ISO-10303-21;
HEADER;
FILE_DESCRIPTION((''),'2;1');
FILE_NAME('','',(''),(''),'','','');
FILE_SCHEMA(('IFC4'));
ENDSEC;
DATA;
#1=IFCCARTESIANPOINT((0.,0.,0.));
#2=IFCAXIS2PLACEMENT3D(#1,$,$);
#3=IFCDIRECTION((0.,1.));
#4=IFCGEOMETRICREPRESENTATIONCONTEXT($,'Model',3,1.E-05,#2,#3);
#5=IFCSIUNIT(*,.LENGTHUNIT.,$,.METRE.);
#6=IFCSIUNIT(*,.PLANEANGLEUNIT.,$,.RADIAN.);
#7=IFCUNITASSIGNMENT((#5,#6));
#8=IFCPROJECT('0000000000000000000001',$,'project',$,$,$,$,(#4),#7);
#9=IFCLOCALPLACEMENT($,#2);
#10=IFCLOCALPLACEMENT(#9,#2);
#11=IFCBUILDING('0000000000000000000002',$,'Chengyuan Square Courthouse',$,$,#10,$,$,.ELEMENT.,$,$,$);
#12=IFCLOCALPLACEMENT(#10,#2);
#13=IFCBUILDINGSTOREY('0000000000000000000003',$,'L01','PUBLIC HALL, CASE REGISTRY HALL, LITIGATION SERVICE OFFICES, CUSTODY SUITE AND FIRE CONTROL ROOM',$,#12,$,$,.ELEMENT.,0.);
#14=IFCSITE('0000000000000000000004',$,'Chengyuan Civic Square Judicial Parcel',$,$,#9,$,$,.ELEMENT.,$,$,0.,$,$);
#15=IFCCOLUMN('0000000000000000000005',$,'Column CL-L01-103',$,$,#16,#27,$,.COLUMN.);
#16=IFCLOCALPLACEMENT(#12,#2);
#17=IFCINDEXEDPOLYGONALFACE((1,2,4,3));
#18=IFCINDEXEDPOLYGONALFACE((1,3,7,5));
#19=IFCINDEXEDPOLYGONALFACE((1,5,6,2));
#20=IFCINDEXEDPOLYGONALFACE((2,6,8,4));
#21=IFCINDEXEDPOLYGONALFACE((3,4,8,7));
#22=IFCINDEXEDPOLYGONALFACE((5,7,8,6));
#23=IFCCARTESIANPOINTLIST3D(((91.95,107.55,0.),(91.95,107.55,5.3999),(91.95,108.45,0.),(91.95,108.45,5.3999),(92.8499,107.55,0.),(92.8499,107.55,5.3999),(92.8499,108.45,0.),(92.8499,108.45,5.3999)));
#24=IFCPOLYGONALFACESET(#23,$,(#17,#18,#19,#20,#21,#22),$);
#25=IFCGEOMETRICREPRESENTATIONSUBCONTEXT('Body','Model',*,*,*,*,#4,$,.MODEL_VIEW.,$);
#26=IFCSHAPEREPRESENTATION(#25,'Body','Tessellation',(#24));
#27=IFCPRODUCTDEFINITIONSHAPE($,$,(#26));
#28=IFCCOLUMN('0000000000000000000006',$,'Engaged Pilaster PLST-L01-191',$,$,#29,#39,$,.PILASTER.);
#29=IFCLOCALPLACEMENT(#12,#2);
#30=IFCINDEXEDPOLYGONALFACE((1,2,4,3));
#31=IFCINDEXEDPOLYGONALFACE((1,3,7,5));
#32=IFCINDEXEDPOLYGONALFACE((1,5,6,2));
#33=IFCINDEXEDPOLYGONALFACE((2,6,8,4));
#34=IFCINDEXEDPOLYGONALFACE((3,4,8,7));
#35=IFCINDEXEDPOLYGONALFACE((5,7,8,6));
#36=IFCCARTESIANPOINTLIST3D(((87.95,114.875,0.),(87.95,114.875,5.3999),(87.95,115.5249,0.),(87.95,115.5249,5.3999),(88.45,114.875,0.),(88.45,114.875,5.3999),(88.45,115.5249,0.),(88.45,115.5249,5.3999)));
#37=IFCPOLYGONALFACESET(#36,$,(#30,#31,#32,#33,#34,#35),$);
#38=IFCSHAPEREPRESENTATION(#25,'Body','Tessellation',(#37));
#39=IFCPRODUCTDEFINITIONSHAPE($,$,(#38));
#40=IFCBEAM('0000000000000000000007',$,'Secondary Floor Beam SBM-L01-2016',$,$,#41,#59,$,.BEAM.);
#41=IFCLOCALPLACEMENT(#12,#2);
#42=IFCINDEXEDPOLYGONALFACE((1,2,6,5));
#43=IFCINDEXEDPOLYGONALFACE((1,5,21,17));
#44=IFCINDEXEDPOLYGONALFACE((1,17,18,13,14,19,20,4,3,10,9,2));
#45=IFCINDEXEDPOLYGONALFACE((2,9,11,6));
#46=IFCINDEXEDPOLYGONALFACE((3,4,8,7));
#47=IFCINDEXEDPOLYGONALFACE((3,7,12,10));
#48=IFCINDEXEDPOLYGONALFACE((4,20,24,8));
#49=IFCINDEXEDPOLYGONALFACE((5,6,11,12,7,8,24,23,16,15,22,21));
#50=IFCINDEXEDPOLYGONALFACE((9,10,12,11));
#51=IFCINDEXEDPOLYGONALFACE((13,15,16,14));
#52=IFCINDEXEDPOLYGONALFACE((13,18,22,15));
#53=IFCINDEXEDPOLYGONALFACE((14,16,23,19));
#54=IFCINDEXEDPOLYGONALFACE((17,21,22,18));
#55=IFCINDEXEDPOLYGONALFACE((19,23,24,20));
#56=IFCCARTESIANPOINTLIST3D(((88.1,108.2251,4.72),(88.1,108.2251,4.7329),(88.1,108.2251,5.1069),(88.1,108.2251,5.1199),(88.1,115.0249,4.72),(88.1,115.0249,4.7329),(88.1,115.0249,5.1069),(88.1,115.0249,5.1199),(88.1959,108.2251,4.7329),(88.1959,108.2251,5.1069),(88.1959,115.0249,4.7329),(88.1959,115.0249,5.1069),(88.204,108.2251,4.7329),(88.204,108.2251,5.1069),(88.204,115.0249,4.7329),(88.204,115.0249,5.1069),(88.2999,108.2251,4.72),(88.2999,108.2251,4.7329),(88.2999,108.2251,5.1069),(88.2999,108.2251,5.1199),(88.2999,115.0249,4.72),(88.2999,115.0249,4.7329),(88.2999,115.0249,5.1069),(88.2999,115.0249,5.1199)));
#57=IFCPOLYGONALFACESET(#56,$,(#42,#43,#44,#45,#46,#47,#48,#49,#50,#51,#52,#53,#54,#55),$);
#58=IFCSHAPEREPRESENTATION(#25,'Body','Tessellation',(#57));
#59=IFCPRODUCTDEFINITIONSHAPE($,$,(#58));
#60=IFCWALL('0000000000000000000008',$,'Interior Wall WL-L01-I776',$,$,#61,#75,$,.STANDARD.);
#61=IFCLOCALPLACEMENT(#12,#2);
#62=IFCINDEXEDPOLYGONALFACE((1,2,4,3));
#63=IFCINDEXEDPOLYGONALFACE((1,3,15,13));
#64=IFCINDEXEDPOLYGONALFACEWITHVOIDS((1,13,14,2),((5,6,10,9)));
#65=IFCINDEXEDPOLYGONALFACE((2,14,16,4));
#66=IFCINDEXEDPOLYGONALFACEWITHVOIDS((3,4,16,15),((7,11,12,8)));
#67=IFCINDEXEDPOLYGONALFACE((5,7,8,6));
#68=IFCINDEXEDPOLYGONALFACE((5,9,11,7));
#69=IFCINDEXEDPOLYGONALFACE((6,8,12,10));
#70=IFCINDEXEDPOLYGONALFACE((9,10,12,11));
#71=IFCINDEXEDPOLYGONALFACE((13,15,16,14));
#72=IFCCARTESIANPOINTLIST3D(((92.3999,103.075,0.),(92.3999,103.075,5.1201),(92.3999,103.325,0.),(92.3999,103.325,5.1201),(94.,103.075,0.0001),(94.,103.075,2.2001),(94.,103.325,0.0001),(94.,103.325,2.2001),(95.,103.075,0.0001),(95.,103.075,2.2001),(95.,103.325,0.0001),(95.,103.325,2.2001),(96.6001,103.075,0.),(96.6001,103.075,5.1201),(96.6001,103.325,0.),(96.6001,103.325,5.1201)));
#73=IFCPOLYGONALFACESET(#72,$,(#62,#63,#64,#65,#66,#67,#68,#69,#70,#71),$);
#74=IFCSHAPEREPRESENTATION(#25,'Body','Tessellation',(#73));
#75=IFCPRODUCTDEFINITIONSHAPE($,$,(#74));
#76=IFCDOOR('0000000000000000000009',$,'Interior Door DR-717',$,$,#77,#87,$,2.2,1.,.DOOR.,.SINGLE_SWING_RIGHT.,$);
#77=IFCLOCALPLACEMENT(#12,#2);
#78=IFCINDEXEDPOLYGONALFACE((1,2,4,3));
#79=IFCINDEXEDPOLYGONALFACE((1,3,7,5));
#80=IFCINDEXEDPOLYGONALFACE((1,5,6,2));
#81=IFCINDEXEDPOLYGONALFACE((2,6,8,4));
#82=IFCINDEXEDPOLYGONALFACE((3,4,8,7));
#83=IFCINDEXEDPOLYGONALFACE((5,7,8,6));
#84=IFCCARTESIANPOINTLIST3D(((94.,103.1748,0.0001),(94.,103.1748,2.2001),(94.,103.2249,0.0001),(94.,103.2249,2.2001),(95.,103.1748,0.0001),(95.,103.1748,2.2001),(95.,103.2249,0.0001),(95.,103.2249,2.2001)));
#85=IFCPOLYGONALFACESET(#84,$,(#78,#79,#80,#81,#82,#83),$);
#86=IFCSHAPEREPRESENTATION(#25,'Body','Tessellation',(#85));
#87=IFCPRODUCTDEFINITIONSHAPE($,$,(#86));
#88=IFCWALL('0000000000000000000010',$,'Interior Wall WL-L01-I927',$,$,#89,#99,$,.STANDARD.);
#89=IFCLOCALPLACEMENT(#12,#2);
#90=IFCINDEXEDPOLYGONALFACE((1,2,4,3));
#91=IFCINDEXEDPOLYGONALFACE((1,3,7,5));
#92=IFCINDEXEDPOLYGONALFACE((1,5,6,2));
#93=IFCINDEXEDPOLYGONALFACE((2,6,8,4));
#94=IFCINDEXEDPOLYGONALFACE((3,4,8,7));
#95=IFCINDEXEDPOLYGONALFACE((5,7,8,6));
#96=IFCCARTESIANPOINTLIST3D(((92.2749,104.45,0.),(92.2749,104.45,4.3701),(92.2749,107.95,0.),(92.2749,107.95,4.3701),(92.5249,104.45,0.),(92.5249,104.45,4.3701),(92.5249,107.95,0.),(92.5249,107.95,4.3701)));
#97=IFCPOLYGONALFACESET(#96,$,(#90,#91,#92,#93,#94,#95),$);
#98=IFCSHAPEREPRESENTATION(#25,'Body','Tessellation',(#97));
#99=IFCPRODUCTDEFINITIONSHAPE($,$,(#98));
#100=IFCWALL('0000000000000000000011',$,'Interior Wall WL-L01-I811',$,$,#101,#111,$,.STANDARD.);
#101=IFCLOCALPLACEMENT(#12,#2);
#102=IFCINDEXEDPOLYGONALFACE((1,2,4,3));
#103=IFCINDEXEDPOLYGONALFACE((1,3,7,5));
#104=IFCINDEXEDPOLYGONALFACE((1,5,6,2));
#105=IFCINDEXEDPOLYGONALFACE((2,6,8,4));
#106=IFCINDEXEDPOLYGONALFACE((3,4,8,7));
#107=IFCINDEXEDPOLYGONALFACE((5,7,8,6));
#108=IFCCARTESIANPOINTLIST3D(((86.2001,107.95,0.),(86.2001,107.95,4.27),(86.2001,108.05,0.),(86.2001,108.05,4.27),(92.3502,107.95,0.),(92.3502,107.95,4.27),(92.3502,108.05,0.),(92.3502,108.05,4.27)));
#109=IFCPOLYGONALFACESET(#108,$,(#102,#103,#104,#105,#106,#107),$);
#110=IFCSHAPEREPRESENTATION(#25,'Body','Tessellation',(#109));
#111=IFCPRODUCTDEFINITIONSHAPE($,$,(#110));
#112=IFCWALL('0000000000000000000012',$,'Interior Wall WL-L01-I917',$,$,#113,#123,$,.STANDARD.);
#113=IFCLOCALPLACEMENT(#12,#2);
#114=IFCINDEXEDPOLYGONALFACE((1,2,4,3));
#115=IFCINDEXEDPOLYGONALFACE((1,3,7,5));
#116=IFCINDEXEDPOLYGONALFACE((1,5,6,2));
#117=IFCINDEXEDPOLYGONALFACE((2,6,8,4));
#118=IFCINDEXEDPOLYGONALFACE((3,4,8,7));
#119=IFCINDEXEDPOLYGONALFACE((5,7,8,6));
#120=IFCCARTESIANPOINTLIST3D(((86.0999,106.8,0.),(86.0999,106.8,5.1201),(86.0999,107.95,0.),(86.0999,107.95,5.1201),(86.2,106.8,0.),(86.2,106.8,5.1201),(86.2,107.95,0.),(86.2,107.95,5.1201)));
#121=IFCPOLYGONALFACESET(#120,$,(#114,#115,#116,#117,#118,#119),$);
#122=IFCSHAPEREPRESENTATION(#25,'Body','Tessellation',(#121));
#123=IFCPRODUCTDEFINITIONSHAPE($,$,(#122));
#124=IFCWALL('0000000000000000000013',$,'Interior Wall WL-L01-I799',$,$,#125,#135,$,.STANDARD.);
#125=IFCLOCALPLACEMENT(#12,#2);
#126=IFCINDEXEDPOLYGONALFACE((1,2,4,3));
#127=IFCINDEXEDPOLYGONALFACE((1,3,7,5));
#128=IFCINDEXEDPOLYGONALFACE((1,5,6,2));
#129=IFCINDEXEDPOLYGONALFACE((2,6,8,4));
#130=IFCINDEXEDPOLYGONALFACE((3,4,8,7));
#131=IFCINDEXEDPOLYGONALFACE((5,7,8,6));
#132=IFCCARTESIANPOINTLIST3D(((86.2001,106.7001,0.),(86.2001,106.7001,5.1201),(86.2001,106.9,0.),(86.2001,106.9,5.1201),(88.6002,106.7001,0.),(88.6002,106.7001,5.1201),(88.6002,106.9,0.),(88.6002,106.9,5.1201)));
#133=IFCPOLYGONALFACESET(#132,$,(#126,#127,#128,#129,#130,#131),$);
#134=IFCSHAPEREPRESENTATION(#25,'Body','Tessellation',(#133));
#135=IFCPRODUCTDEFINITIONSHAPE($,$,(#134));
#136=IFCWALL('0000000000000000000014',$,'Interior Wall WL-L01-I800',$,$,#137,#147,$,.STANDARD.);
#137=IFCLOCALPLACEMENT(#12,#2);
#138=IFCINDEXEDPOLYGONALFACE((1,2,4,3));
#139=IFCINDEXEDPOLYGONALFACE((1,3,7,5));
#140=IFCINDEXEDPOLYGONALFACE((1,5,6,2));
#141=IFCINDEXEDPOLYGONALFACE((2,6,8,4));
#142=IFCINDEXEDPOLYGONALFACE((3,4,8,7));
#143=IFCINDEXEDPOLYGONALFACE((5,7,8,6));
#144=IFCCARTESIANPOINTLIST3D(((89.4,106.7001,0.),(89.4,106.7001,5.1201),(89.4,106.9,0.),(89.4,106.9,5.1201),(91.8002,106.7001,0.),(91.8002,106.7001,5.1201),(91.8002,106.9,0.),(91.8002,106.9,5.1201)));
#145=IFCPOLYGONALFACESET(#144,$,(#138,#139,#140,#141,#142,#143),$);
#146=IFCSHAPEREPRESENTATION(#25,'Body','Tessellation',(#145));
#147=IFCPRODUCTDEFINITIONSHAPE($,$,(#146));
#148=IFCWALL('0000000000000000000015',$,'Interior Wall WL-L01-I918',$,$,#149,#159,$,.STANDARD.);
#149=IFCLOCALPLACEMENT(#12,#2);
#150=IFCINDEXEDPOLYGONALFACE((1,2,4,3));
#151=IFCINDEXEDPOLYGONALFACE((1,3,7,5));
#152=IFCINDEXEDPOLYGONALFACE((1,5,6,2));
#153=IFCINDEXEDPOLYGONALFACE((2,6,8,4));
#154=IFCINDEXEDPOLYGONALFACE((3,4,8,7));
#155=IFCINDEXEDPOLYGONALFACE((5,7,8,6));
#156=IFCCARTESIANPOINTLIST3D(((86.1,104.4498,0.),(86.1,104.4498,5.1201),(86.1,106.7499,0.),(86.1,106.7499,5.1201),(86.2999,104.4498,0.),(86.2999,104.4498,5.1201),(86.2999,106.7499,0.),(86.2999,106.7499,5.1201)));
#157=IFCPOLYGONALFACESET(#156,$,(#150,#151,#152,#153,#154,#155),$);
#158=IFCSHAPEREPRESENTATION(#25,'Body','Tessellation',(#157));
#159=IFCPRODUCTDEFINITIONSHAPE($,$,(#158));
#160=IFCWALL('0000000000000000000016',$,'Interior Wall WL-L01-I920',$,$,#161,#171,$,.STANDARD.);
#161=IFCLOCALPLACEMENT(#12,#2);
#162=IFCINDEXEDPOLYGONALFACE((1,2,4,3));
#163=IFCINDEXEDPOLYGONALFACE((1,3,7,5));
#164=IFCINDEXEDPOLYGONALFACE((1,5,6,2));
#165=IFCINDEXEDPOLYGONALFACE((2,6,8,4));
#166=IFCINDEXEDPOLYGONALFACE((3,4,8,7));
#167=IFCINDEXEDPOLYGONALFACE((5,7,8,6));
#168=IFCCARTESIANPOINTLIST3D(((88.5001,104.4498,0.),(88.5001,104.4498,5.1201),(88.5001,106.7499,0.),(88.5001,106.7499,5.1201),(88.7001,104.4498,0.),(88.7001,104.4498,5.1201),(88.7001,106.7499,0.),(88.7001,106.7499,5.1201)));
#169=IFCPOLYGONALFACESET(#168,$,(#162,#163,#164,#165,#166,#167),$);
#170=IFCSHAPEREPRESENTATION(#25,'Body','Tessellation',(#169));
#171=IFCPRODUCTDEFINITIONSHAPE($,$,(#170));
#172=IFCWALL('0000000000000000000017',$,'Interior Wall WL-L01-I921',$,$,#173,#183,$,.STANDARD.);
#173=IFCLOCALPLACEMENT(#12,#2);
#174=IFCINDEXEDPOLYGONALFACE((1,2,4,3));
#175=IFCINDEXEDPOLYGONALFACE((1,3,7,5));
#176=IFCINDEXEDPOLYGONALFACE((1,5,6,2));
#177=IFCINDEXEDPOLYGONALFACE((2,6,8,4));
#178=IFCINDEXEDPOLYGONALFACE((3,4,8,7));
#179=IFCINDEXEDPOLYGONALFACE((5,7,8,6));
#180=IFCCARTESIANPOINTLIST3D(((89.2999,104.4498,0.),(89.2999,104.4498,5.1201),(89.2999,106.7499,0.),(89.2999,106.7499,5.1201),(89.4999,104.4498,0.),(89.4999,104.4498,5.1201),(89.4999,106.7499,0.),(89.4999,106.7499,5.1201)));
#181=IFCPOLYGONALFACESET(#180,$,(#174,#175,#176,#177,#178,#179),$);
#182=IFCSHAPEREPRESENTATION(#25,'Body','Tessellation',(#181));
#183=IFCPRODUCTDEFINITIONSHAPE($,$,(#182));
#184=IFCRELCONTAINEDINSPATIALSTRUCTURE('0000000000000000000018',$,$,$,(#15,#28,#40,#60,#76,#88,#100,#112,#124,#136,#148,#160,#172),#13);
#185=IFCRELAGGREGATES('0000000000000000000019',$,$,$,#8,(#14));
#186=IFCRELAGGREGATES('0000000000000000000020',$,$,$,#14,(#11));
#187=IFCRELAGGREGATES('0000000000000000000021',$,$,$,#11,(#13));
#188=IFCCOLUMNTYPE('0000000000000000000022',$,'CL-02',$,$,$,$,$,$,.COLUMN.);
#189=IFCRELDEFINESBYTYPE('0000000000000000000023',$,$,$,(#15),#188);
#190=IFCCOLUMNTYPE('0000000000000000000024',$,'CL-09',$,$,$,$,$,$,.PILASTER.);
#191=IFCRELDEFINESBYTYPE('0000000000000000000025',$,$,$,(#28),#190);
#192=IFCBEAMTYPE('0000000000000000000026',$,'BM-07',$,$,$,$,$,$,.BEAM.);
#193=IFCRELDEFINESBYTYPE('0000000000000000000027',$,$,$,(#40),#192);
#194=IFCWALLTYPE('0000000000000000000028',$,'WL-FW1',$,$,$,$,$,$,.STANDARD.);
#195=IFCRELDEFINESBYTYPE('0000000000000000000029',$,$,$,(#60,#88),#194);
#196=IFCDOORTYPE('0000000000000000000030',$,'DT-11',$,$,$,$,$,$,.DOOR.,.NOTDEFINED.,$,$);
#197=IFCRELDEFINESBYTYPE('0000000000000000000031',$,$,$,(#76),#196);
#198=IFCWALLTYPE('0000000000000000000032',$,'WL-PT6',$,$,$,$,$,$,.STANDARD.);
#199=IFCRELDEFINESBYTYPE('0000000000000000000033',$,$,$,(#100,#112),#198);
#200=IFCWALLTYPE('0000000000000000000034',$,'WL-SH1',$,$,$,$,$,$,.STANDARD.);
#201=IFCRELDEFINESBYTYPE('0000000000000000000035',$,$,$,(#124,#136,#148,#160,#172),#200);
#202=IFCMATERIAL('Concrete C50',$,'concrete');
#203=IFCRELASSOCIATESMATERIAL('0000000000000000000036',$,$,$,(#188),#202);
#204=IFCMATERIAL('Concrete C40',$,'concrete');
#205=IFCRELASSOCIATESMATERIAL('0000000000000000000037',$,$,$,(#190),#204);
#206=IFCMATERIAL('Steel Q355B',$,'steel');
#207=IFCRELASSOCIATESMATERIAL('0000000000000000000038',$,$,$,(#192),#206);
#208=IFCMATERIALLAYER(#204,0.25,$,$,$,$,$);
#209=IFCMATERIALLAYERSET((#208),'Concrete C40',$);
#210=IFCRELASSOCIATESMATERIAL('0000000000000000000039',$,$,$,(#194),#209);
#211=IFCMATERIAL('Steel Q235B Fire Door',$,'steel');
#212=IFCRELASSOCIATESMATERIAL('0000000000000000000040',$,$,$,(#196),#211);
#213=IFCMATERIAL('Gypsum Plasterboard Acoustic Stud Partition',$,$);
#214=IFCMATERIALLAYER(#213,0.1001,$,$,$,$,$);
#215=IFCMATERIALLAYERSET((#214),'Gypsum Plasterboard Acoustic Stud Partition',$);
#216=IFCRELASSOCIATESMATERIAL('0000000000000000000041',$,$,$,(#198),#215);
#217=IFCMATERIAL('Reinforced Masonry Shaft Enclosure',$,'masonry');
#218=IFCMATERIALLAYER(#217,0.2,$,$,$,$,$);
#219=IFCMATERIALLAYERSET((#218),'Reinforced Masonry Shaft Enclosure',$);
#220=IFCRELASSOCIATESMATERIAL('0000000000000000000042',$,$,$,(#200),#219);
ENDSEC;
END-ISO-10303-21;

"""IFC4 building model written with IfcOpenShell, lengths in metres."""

from ifc_helpers import new_model, si_unit, direction, frame, frame_2d, origin, origin_2d, place, context, subcontext, project, spatial, rectangle, i_section, extrude, material, layer, layer_set, material_profile, profile_set, type_object, element, fill, save


model = new_model("IFC4")

# Units and contexts
model_context = context("Model", 3, precision=1e-05, world=origin(), true_north=direction((0.0, 1.0)))
body_context = subcontext(model_context, "Body", "Model", "MODEL_VIEW")
ifc_project = project(units=[si_unit("LENGTHUNIT", "METRE"), si_unit("PLANEANGLEUNIT", "RADIAN")], contexts=[model_context])

# Site, building, storey
site_placement = place(None, origin())
site = spatial("IfcSite", under=ifc_project, at=site_placement, Name="Chengyuan Civic Square Judicial Parcel", CompositionType="ELEMENT", RefElevation=0.0)
building_placement = place(site_placement, origin())
building = spatial("IfcBuilding", under=site, at=building_placement, Name="Chengyuan Square Courthouse", CompositionType="ELEMENT")
storey_placement = place(building_placement, origin())
storey = spatial("IfcBuildingStorey", under=building, at=storey_placement, Name="L01", Description="PUBLIC HALL, CASE REGISTRY HALL, LITIGATION SERVICE OFFICES, CUSTODY SUITE AND FIRE CONTROL ROOM", CompositionType="ELEMENT", Elevation=0.0)

# Columns
ifc_material_1 = material(Name="Concrete C50", Category="concrete")
ifc_material_profile_1 = material_profile(ifc_material_1, rectangle(XDim=0.8999, YDim=0.8999, at=origin_2d()), Name="RC-COL-900x900")
ifc_profile_set_1 = profile_set([ifc_material_profile_1], Name="Concrete C50")
column_type_1 = type_object("IfcColumnType", Name="CL-02", PredefinedType="COLUMN", material=ifc_profile_set_1)
column_1_placement = place(storey_placement, frame((92.3999, 108.0, 0.0), z_axis=(0.0, 0.0, 1.0), x_axis=(1.0, 0.0, 0.0)))
element("IfcColumn", 1, at=column_1_placement, inside=storey, type_object=column_type_1, Name="Column CL-L01-103", PredefinedType="COLUMN", context=body_context, shape_type="SweptSolid", body=[
    extrude(rectangle(XDim=0.8999, YDim=0.8999, at=origin_2d()), origin(), (0.0, 0.0, 1.0), 5.3999),
])
ifc_material_2 = material(Name="Concrete C40", Category="concrete")
ifc_material_profile_2 = material_profile(ifc_material_2, rectangle(XDim=0.5, YDim=0.6499, at=origin_2d()), Name="RC-PIL-500x650")
ifc_profile_set_2 = profile_set([ifc_material_profile_2], Name="Concrete C40")
column_type_2 = type_object("IfcColumnType", Name="CL-09", PredefinedType="PILASTER", material=ifc_profile_set_2)
column_2_placement = place(storey_placement, frame((88.2, 115.2, 0.0), z_axis=(0.0, 0.0, 1.0), x_axis=(1.0, 0.0, 0.0)))
element("IfcColumn", 2, at=column_2_placement, inside=storey, type_object=column_type_2, Name="Engaged Pilaster PLST-L01-191", PredefinedType="PILASTER", context=body_context, shape_type="SweptSolid", body=[
    extrude(rectangle(XDim=0.5, YDim=0.6499, at=origin_2d()), origin(), (0.0, 0.0, 1.0), 5.3999),
])

# Beam
ifc_material_3 = material(Name="Steel Q355B", Category="steel")
ifc_material_profile_3 = material_profile(ifc_material_3, i_section(OverallWidth=0.2, OverallDepth=0.3999, WebThickness=0.0081, FlangeThickness=0.0129, at=origin_2d()), Name="HN 400x200x8x13")
ifc_profile_set_3 = profile_set([ifc_material_profile_3], Name="Steel Q355B")
beam_type = type_object("IfcBeamType", Name="BM-07", PredefinedType="BEAM", material=ifc_profile_set_3)
beam_placement = place(storey_placement, frame((88.2, 108.2251, 4.9199), z_axis=(0.0, 1.0, 0.0), x_axis=(-1.0, 0.0, 0.0)))
element("IfcBeam", 3, at=beam_placement, inside=storey, type_object=beam_type, Name="Secondary Floor Beam SBM-L01-2016", PredefinedType="BEAM", context=body_context, shape_type="SweptSolid", body=[
    extrude(i_section(OverallWidth=0.2, OverallDepth=0.3999, WebThickness=0.0081, FlangeThickness=0.0129, at=origin_2d()), origin(), (0.0, 0.0, 1.0), 6.7998),
])

# Wall, opening, door
ifc_layer_1 = layer(ifc_material_2, 0.25)
ifc_layer_set_1 = layer_set([ifc_layer_1], Name="Concrete C40")
wall_type_1 = type_object("IfcWallType", Name="WL-FW1", PredefinedType="STANDARD", material=ifc_layer_set_1)
wall_1_placement = place(storey_placement, frame((92.3999, 103.2, 0.0), z_axis=(0.0, 0.0, 1.0), x_axis=(1.0, 0.0, 0.0)))
wall_1 = element("IfcWall", 4, at=wall_1_placement, inside=storey, type_object=wall_type_1, Name="Interior Wall WL-L01-I776", PredefinedType="STANDARD", context=body_context, shape_type="SweptSolid", body=[
    extrude(rectangle(XDim=4.2002, YDim=0.25, at=frame_2d((2.1001, 0.0))), origin(), (0.0, 0.0, 1.0), 5.1201),
])
opening_1_placement = place(wall_1_placement, frame((1.6001, 0.0, 0.0)))
opening_1 = element("IfcOpeningElement", 5, at=opening_1_placement, cuts=wall_1, PredefinedType="OPENING", context=body_context, shape_type="SweptSolid", body=[
    extrude(rectangle(XDim=1.0, YDim=2.2, at=frame_2d((0.5, 1.1001))), frame((0.0, 0.137, 0.0), z_axis=(0.0, -1.0, 0.0), x_axis=(1.0, 0.0, 0.0)), (0.0, 0.0, 1.0), 0.2739),
])
ifc_material_4 = material(Name="Steel Q235B Fire Door", Category="steel")
door_type_1 = type_object("IfcDoorType", Name="DT-11", OperationType="NOTDEFINED", PredefinedType="DOOR", material=ifc_material_4)
door_1_placement = place(opening_1_placement, origin())
door_1 = element("IfcDoor", 6, at=door_1_placement, inside=storey, type_object=door_type_1, Name="Interior Door DR-717", OperationType="SINGLE_SWING_RIGHT", OverallHeight=2.2, OverallWidth=1.0, PredefinedType="DOOR", context=body_context, shape_type="SweptSolid", body=[
    extrude(rectangle(XDim=1.0, YDim=2.2, at=frame_2d((0.5, 1.1001))), frame((0.0, 0.0249, 0.0), z_axis=(0.0, -1.0, 0.0), x_axis=(1.0, 0.0, 0.0)), (0.0, 0.0, 1.0), 0.05),
])
fill(opening_1, door_1)

# Walls
wall_2_placement = place(storey_placement, frame((92.3999, 104.45, 0.0), z_axis=(0.0, 0.0, 1.0), x_axis=(0.0, 1.0, 0.0)))
element("IfcWall", 7, at=wall_2_placement, inside=storey, type_object=wall_type_1, Name="Interior Wall WL-L01-I927", PredefinedType="STANDARD", context=body_context, shape_type="SweptSolid", body=[
    extrude(rectangle(XDim=3.5, YDim=0.25, at=frame_2d((1.75, 0.0))), origin(), (0.0, 0.0, 1.0), 4.3701),
])
ifc_material_5 = material(Name="Gypsum Plasterboard Acoustic Stud Partition")
ifc_layer_2 = layer(ifc_material_5, 0.1001)
ifc_layer_set_2 = layer_set([ifc_layer_2], Name="Gypsum Plasterboard Acoustic Stud Partition")
wall_type_2 = type_object("IfcWallType", Name="WL-PT6", PredefinedType="STANDARD", material=ifc_layer_set_2)
wall_3_placement = place(storey_placement, frame((86.2, 108.0, 0.0), z_axis=(0.0, 0.0, 1.0), x_axis=(1.0, 0.0, 0.0)))
element("IfcWall", 8, at=wall_3_placement, inside=storey, type_object=wall_type_2, Name="Interior Wall WL-L01-I811", PredefinedType="STANDARD", context=body_context, shape_type="SweptSolid", body=[
    extrude(rectangle(XDim=6.1501, YDim=0.1001, at=frame_2d((3.0752, 0.0))), origin(), (0.0, 0.0, 1.0), 4.27),
])
wall_4_placement = place(storey_placement, frame((86.1499, 106.8, 0.0), z_axis=(0.0, 0.0, 1.0), x_axis=(0.0, 1.0, 0.0)))
element("IfcWall", 9, at=wall_4_placement, inside=storey, type_object=wall_type_2, Name="Interior Wall WL-L01-I917", PredefinedType="STANDARD", context=body_context, shape_type="SweptSolid", body=[
    extrude(rectangle(XDim=1.1499, YDim=0.1001, at=frame_2d((0.575, 0.0))), origin(), (0.0, 0.0, 1.0), 5.1201),
])

# Shared definitions
ifc_material_6 = material(Name="Reinforced Masonry Shaft Enclosure", Category="masonry")
ifc_layer_3 = layer(ifc_material_6, 0.2)
ifc_layer_set_3 = layer_set([ifc_layer_3], Name="Reinforced Masonry Shaft Enclosure")
wall_type_3 = type_object("IfcWallType", Name="WL-SH1", PredefinedType="STANDARD", material=ifc_layer_set_3)

# Walls
for number, where, z_axis, x_axis, name in (
    (10, (86.2, 106.8, 0.0), (0.0, 0.0, 1.0), (1.0, 0.0, 0.0), "Interior Wall WL-L01-I799"),
    (11, (89.3999, 106.8, 0.0), (0.0, 0.0, 1.0), (1.0, 0.0, 0.0), "Interior Wall WL-L01-I800"),
):
    element("IfcWall", number, at=place(storey_placement, frame(where, z_axis=z_axis, x_axis=x_axis)), inside=storey, type_object=wall_type_3, Name=name, PredefinedType="STANDARD", context=body_context, shape_type="SweptSolid", body=[
        extrude(rectangle(XDim=2.4001, YDim=0.2, at=frame_2d((1.2002, 0.0))), origin(), (0.0, 0.0, 1.0), 5.1201),
    ])
for number, where, z_axis, x_axis, name in (
    (12, (86.2, 104.45, 0.0), (0.0, 0.0, 1.0), (0.0, 1.0, 0.0), "Interior Wall WL-L01-I918"),
    (13, (88.6001, 104.45, 0.0), (0.0, 0.0, 1.0), (0.0, 1.0, 0.0), "Interior Wall WL-L01-I920"),
    (14, (89.3999, 104.45, 0.0), (0.0, 0.0, 1.0), (0.0, 1.0, 0.0), "Interior Wall WL-L01-I921"),
):
    element("IfcWall", number, at=place(storey_placement, frame(where, z_axis=z_axis, x_axis=x_axis)), inside=storey, type_object=wall_type_3, Name=name, PredefinedType="STANDARD", context=body_context, shape_type="SweptSolid", body=[
        extrude(rectangle(XDim=2.3, YDim=0.2, at=frame_2d((1.1499, 0.0))), origin(), (0.0, 0.0, 1.0), 5.1201),
    ])

save(model, "model.ifc")
